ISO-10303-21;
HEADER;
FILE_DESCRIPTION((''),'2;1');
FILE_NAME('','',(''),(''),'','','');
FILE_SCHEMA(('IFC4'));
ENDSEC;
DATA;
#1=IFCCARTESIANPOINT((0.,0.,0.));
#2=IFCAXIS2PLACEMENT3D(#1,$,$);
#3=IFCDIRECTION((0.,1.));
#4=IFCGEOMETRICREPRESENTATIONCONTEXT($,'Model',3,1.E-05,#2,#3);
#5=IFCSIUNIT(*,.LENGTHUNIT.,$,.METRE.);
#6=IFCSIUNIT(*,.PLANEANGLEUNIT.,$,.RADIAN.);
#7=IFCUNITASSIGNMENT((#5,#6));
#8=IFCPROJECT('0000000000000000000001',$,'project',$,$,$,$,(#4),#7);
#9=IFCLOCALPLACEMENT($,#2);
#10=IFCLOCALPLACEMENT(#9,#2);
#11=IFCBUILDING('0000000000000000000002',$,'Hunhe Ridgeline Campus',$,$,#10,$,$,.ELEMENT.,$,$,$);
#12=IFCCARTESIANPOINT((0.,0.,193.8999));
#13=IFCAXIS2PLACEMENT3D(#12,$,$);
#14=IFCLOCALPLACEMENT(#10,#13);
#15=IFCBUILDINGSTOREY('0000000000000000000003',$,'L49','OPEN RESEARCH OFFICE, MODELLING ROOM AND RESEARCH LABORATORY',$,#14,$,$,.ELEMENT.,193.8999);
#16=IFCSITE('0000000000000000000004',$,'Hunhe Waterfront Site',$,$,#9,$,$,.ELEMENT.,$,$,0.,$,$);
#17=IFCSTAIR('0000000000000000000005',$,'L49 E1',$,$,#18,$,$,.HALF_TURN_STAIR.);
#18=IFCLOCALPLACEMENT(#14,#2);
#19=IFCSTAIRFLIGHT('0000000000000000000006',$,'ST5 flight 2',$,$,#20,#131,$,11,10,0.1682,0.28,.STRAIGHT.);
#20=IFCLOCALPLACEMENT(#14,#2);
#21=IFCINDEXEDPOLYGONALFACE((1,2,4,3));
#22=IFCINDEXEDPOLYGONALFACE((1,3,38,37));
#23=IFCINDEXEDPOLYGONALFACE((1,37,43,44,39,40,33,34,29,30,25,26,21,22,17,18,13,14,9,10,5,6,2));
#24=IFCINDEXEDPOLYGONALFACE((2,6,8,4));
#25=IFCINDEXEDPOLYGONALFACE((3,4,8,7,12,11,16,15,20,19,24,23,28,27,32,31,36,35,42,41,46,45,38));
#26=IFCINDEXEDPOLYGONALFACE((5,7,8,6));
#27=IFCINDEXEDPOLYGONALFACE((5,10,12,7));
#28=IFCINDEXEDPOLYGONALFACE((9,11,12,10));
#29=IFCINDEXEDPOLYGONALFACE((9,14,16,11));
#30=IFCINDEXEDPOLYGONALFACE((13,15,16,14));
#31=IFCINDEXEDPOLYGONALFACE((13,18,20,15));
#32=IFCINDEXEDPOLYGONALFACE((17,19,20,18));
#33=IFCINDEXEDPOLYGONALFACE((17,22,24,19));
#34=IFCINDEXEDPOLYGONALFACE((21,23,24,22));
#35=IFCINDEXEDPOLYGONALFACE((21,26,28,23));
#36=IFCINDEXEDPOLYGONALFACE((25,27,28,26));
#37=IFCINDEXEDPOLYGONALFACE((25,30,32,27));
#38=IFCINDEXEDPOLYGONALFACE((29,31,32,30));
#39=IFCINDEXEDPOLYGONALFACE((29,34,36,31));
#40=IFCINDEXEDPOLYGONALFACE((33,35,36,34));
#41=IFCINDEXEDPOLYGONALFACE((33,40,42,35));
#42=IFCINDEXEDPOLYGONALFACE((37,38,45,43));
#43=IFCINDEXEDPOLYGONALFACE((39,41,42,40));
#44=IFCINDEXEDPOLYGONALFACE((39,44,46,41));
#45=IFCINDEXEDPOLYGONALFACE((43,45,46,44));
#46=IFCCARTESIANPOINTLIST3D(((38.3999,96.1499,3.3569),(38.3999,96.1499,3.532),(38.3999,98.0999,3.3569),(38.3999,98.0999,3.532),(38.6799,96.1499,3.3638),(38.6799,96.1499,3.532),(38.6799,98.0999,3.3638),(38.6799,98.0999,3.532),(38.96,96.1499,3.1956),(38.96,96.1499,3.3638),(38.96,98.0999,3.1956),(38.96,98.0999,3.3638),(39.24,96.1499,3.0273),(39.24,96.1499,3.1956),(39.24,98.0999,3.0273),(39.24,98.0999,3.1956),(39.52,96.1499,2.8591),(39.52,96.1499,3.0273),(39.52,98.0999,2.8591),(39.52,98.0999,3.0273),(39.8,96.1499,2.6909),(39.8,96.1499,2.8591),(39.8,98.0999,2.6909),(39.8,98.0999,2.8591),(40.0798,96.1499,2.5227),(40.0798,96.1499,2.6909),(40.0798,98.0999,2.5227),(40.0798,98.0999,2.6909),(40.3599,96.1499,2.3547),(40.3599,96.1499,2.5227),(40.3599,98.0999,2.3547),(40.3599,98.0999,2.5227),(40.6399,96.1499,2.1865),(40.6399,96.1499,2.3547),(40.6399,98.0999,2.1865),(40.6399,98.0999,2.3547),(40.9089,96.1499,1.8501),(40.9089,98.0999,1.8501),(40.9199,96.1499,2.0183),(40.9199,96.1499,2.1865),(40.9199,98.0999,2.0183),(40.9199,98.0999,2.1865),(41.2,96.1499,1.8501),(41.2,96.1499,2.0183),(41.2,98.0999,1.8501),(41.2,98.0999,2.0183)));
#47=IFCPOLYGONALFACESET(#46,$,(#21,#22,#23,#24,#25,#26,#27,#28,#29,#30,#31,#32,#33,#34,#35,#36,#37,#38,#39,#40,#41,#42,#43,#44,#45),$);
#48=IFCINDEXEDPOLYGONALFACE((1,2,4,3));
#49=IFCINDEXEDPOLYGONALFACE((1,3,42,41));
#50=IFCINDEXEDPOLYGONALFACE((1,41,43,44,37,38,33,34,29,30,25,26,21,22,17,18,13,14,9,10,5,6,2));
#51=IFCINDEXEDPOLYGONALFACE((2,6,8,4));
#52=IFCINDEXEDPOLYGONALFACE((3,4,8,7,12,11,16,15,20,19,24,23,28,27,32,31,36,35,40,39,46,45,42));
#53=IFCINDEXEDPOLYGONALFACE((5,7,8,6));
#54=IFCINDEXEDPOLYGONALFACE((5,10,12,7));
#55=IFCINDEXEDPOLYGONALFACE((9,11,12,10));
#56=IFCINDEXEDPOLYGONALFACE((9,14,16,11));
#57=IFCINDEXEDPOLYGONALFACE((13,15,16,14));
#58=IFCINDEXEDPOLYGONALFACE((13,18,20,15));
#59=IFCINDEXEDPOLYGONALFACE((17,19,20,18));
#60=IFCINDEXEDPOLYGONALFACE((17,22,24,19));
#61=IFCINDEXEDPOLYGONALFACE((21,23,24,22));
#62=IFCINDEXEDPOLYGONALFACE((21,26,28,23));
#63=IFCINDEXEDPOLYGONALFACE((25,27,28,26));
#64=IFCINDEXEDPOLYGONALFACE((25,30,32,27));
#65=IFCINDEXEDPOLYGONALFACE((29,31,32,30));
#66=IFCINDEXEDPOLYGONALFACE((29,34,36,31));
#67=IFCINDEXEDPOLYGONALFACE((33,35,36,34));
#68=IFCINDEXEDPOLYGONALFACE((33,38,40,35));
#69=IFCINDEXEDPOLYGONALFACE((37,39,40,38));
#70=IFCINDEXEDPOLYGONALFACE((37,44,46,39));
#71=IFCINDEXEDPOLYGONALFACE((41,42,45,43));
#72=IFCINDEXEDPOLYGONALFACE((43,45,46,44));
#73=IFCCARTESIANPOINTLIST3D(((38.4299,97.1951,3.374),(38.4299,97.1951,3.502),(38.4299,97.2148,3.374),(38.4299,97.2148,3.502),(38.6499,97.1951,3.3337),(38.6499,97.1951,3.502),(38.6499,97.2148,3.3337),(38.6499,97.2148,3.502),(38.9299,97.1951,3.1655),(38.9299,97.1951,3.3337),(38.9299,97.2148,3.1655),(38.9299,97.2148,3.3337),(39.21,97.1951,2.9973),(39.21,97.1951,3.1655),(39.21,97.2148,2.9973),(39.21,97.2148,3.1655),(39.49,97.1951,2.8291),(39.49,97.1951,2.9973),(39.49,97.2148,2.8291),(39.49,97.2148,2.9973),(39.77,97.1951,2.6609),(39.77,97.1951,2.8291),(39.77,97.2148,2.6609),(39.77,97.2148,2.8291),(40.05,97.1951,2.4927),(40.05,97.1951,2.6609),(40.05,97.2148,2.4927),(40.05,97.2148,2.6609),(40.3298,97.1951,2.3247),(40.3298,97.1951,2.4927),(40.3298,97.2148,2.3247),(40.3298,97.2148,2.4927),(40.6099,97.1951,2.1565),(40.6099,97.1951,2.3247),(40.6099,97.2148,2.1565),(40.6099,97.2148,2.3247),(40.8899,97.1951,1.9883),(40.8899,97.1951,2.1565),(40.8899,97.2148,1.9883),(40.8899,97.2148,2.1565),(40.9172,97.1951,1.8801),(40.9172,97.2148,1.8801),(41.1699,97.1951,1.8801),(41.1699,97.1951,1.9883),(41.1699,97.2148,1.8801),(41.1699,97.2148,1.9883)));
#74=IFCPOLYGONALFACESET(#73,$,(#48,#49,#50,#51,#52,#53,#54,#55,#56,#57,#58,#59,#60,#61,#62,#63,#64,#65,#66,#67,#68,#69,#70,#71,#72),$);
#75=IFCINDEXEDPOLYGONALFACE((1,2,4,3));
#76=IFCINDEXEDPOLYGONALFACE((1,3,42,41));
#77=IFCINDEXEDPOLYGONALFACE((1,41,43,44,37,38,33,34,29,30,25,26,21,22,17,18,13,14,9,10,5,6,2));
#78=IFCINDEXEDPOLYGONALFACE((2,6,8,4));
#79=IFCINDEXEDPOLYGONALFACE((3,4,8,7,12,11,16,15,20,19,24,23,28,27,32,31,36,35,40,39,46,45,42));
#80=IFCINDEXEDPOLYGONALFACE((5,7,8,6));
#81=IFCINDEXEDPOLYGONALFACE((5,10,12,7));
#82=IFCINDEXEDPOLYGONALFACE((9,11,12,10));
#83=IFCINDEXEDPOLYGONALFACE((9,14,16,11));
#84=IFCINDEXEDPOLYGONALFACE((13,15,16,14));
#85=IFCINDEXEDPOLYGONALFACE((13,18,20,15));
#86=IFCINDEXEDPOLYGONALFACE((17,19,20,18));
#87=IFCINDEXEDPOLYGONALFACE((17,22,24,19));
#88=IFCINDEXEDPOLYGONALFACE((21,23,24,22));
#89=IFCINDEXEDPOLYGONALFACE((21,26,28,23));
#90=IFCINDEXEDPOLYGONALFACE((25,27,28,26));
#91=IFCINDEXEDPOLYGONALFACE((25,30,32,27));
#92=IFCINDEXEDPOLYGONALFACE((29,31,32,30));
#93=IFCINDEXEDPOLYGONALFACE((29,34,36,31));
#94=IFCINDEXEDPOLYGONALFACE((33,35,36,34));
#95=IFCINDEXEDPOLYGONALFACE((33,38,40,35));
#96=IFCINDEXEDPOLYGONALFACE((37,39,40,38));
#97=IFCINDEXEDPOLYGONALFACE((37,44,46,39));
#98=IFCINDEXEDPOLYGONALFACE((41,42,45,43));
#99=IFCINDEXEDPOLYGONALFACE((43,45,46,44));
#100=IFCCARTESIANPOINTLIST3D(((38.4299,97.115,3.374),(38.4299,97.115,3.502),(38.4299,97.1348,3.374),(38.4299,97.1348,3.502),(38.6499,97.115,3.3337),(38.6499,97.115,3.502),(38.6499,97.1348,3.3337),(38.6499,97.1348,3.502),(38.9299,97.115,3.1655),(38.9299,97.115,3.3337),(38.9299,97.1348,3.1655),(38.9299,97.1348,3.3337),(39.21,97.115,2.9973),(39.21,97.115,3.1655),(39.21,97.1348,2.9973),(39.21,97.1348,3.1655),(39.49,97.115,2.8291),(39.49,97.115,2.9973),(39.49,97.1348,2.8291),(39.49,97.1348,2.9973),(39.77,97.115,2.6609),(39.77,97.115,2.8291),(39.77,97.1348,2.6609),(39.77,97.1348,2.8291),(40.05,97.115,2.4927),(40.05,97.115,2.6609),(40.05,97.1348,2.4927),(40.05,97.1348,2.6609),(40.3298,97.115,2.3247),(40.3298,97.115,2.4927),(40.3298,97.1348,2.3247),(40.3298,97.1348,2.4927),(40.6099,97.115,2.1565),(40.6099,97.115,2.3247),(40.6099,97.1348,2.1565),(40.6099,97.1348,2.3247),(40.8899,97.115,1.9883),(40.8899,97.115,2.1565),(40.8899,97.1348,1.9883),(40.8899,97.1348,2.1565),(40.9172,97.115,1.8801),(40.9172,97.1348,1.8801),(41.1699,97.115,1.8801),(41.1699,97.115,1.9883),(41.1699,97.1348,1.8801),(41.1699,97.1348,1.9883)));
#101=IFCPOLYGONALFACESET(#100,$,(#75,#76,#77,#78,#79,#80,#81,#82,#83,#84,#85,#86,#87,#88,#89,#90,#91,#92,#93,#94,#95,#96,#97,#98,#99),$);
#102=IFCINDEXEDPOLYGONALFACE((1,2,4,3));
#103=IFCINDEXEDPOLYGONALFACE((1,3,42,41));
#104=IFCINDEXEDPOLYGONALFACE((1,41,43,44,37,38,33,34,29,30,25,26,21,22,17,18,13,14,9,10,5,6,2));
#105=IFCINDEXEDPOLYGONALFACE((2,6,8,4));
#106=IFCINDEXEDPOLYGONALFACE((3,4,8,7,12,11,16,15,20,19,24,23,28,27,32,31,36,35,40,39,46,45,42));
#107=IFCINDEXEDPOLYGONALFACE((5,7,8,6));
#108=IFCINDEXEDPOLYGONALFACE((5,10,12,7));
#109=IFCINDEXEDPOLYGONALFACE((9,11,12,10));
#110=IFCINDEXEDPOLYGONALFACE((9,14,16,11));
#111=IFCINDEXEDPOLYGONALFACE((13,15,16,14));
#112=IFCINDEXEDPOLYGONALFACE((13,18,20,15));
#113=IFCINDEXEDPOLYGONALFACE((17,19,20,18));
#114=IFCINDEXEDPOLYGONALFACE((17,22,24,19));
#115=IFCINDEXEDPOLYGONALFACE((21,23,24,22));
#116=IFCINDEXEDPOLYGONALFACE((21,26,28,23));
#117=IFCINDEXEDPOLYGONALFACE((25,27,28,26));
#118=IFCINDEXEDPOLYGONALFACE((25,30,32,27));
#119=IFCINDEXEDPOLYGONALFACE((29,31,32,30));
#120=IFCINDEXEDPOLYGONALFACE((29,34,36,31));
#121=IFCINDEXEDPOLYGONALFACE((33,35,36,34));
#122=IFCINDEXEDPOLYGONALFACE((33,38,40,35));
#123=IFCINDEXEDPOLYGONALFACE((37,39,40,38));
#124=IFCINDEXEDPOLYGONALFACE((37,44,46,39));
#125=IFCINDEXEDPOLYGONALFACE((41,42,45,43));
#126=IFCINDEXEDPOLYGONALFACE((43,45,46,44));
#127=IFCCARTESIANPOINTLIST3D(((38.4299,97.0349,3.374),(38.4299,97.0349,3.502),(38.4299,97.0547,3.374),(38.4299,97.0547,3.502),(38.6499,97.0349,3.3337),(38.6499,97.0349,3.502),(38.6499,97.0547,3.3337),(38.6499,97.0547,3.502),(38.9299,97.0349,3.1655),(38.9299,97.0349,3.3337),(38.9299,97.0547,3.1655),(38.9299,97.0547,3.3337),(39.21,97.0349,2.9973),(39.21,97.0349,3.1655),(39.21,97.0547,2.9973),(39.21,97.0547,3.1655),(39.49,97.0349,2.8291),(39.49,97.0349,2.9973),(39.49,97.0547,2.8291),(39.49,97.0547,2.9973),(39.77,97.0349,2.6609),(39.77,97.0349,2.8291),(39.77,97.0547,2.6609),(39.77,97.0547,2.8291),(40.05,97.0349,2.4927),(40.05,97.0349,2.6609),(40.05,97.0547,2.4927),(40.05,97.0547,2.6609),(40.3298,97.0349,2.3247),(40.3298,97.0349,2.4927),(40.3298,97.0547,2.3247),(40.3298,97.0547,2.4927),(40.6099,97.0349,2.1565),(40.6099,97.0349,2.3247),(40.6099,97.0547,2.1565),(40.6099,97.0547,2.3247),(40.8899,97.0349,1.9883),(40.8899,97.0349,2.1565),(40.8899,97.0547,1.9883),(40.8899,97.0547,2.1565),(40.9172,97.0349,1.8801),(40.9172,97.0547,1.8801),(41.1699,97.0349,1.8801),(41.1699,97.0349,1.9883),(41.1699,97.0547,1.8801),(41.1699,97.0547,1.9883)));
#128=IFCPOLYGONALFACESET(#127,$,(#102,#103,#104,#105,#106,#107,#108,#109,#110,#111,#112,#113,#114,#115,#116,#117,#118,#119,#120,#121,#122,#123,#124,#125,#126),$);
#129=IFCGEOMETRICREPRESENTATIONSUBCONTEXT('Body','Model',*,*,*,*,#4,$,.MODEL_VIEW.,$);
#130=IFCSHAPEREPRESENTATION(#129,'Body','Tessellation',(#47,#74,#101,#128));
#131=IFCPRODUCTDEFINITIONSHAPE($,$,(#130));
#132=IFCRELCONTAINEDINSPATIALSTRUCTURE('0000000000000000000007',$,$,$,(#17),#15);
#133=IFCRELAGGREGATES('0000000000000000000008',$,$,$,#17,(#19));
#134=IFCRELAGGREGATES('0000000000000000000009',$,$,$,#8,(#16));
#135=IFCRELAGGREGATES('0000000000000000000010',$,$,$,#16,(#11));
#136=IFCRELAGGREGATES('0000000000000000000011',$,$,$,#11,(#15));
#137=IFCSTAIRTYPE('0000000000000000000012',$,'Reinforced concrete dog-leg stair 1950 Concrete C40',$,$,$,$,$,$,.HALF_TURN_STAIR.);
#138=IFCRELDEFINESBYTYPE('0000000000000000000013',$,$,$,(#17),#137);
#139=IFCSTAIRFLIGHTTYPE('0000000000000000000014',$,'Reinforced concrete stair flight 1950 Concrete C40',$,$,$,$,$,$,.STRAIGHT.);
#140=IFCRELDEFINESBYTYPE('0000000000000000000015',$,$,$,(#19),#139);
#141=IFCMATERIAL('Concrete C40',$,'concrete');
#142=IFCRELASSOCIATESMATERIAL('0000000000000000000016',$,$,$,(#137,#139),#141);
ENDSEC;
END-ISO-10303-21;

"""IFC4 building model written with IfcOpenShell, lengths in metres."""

from ifc_helpers import new_model, si_unit, direction, frame, origin, place, context, subcontext, project, spatial, polyline, outline, extrude, material, type_object, element, aggregate, save


model = new_model("IFC4")

# Units and contexts
model_context = context("Model", 3, precision=1e-05, world=origin(), true_north=direction((0.0, 1.0)))
body_context = subcontext(model_context, "Body", "Model", "MODEL_VIEW")
ifc_project = project(units=[si_unit("LENGTHUNIT", "METRE"), si_unit("PLANEANGLEUNIT", "RADIAN")], contexts=[model_context])

# Site, building, storey
site_placement = place(None, origin())
site = spatial("IfcSite", under=ifc_project, at=site_placement, Name="Hunhe Waterfront Site", CompositionType="ELEMENT", RefElevation=0.0)
building_placement = place(site_placement, origin())
building = spatial("IfcBuilding", under=site, at=building_placement, Name="Hunhe Ridgeline Campus", CompositionType="ELEMENT")
storey_placement = place(building_placement, frame((0.0, 0.0, 193.8999)))
storey = spatial("IfcBuildingStorey", under=building, at=storey_placement, Name="L49", Description="OPEN RESEARCH OFFICE, MODELLING ROOM AND RESEARCH LABORATORY", CompositionType="ELEMENT", Elevation=193.8999)

# Stair, stair flight
ifc_material_1 = material(Name="Concrete C40", Category="concrete")
stair_type = type_object("IfcStairType", Name="Reinforced concrete dog-leg stair 1950 Concrete C40", PredefinedType="HALF_TURN_STAIR", material=ifc_material_1)
stair_placement = place(storey_placement, origin())
stair = element("IfcStair", 1, at=stair_placement, inside=storey, type_object=stair_type, Name="L49 E1", PredefinedType="HALF_TURN_STAIR")
stair_flight_type = type_object("IfcStairFlightType", Name="Reinforced concrete stair flight 1950 Concrete C40", PredefinedType="STRAIGHT", material=ifc_material_1)
stair_flight_1_placement = place(storey_placement, frame((41.2, 97.125, 1.8501), z_axis=(0.0, 0.0, 1.0), x_axis=(-1.0, 0.0, 0.0)))
stair_flight_1 = element("IfcStairFlight", 2, at=stair_flight_1_placement, type_object=stair_flight_type, Name="ST5 flight 2", NumberOfRisers=11, NumberOfTreads=10, PredefinedType="STRAIGHT", RiserHeight=0.1682, TreadLength=0.28, context=body_context, shape_type="SweptSolid", body=[
    extrude(outline(polyline([(0.0, 0.0), (0.0, 0.1682), (0.28, 0.1682), (0.28, 0.3364), (0.5601, 0.3364), (0.5601, 0.5046), (0.8401, 0.5046), (0.8401, 0.6726), (1.1201, 0.6726), (1.1201, 0.8408), (1.3999, 0.8408), (1.3999, 1.009), (1.6799, 1.009), (1.6799, 1.1772), (1.96, 1.1772), (1.96, 1.3455), (2.24, 1.3455), (2.24, 1.5137), (2.52, 1.5137), (2.52, 1.6819), (2.8, 1.6819), (2.8, 1.8501), (2.8, 1.5068), (0.291, 0.0), (0.0, 0.0)])), frame((0.0, 0.9751, 0.0), z_axis=(0.0, -1.0, 0.0), x_axis=(1.0, 0.0, 0.0)), (0.0, 0.0, 1.0), 1.95),
    extrude(outline(polyline([(0.03, 0.03), (0.03, 0.1382), (0.3101, 0.1382), (0.3101, 0.3064), (0.5901, 0.3064), (0.5901, 0.4746), (0.8701, 0.4746), (0.8701, 0.6426), (1.1499, 0.6426), (1.1499, 0.8108), (1.4299, 0.8108), (1.4299, 0.979), (1.71, 0.979), (1.71, 1.1472), (1.99, 1.1472), (1.99, 1.3154), (2.27, 1.3154), (2.27, 1.4836), (2.55, 1.4836), (2.55, 1.6519), (2.77, 1.6519), (2.77, 1.5239), (0.2827, 0.03), (0.03, 0.03)])), frame((0.0, -0.0701, 0.0), z_axis=(0.0, -1.0, 0.0), x_axis=(1.0, 0.0, 0.0)), (0.0, 0.0, 1.0), 0.0198),
    extrude(outline(polyline([(0.03, 0.03), (0.03, 0.1382), (0.3101, 0.1382), (0.3101, 0.3064), (0.5901, 0.3064), (0.5901, 0.4746), (0.8701, 0.4746), (0.8701, 0.6426), (1.1499, 0.6426), (1.1499, 0.8108), (1.4299, 0.8108), (1.4299, 0.979), (1.71, 0.979), (1.71, 1.1472), (1.99, 1.1472), (1.99, 1.3154), (2.27, 1.3154), (2.27, 1.4836), (2.55, 1.4836), (2.55, 1.6519), (2.77, 1.6519), (2.77, 1.5239), (0.2827, 0.03), (0.03, 0.03)])), frame((0.0, 0.01, 0.0), z_axis=(0.0, -1.0, 0.0), x_axis=(1.0, 0.0, 0.0)), (0.0, 0.0, 1.0), 0.0198),
    extrude(outline(polyline([(0.03, 0.03), (0.03, 0.1382), (0.3101, 0.1382), (0.3101, 0.3064), (0.5901, 0.3064), (0.5901, 0.4746), (0.8701, 0.4746), (0.8701, 0.6426), (1.1499, 0.6426), (1.1499, 0.8108), (1.4299, 0.8108), (1.4299, 0.979), (1.71, 0.979), (1.71, 1.1472), (1.99, 1.1472), (1.99, 1.3154), (2.27, 1.3154), (2.27, 1.4836), (2.55, 1.4836), (2.55, 1.6519), (2.77, 1.6519), (2.77, 1.5239), (0.2827, 0.03), (0.03, 0.03)])), frame((0.0, 0.0901, 0.0), z_axis=(0.0, -1.0, 0.0), x_axis=(1.0, 0.0, 0.0)), (0.0, 0.0, 1.0), 0.0198),
])
aggregate(stair, [stair_flight_1])

save(model, "model.ifc")
